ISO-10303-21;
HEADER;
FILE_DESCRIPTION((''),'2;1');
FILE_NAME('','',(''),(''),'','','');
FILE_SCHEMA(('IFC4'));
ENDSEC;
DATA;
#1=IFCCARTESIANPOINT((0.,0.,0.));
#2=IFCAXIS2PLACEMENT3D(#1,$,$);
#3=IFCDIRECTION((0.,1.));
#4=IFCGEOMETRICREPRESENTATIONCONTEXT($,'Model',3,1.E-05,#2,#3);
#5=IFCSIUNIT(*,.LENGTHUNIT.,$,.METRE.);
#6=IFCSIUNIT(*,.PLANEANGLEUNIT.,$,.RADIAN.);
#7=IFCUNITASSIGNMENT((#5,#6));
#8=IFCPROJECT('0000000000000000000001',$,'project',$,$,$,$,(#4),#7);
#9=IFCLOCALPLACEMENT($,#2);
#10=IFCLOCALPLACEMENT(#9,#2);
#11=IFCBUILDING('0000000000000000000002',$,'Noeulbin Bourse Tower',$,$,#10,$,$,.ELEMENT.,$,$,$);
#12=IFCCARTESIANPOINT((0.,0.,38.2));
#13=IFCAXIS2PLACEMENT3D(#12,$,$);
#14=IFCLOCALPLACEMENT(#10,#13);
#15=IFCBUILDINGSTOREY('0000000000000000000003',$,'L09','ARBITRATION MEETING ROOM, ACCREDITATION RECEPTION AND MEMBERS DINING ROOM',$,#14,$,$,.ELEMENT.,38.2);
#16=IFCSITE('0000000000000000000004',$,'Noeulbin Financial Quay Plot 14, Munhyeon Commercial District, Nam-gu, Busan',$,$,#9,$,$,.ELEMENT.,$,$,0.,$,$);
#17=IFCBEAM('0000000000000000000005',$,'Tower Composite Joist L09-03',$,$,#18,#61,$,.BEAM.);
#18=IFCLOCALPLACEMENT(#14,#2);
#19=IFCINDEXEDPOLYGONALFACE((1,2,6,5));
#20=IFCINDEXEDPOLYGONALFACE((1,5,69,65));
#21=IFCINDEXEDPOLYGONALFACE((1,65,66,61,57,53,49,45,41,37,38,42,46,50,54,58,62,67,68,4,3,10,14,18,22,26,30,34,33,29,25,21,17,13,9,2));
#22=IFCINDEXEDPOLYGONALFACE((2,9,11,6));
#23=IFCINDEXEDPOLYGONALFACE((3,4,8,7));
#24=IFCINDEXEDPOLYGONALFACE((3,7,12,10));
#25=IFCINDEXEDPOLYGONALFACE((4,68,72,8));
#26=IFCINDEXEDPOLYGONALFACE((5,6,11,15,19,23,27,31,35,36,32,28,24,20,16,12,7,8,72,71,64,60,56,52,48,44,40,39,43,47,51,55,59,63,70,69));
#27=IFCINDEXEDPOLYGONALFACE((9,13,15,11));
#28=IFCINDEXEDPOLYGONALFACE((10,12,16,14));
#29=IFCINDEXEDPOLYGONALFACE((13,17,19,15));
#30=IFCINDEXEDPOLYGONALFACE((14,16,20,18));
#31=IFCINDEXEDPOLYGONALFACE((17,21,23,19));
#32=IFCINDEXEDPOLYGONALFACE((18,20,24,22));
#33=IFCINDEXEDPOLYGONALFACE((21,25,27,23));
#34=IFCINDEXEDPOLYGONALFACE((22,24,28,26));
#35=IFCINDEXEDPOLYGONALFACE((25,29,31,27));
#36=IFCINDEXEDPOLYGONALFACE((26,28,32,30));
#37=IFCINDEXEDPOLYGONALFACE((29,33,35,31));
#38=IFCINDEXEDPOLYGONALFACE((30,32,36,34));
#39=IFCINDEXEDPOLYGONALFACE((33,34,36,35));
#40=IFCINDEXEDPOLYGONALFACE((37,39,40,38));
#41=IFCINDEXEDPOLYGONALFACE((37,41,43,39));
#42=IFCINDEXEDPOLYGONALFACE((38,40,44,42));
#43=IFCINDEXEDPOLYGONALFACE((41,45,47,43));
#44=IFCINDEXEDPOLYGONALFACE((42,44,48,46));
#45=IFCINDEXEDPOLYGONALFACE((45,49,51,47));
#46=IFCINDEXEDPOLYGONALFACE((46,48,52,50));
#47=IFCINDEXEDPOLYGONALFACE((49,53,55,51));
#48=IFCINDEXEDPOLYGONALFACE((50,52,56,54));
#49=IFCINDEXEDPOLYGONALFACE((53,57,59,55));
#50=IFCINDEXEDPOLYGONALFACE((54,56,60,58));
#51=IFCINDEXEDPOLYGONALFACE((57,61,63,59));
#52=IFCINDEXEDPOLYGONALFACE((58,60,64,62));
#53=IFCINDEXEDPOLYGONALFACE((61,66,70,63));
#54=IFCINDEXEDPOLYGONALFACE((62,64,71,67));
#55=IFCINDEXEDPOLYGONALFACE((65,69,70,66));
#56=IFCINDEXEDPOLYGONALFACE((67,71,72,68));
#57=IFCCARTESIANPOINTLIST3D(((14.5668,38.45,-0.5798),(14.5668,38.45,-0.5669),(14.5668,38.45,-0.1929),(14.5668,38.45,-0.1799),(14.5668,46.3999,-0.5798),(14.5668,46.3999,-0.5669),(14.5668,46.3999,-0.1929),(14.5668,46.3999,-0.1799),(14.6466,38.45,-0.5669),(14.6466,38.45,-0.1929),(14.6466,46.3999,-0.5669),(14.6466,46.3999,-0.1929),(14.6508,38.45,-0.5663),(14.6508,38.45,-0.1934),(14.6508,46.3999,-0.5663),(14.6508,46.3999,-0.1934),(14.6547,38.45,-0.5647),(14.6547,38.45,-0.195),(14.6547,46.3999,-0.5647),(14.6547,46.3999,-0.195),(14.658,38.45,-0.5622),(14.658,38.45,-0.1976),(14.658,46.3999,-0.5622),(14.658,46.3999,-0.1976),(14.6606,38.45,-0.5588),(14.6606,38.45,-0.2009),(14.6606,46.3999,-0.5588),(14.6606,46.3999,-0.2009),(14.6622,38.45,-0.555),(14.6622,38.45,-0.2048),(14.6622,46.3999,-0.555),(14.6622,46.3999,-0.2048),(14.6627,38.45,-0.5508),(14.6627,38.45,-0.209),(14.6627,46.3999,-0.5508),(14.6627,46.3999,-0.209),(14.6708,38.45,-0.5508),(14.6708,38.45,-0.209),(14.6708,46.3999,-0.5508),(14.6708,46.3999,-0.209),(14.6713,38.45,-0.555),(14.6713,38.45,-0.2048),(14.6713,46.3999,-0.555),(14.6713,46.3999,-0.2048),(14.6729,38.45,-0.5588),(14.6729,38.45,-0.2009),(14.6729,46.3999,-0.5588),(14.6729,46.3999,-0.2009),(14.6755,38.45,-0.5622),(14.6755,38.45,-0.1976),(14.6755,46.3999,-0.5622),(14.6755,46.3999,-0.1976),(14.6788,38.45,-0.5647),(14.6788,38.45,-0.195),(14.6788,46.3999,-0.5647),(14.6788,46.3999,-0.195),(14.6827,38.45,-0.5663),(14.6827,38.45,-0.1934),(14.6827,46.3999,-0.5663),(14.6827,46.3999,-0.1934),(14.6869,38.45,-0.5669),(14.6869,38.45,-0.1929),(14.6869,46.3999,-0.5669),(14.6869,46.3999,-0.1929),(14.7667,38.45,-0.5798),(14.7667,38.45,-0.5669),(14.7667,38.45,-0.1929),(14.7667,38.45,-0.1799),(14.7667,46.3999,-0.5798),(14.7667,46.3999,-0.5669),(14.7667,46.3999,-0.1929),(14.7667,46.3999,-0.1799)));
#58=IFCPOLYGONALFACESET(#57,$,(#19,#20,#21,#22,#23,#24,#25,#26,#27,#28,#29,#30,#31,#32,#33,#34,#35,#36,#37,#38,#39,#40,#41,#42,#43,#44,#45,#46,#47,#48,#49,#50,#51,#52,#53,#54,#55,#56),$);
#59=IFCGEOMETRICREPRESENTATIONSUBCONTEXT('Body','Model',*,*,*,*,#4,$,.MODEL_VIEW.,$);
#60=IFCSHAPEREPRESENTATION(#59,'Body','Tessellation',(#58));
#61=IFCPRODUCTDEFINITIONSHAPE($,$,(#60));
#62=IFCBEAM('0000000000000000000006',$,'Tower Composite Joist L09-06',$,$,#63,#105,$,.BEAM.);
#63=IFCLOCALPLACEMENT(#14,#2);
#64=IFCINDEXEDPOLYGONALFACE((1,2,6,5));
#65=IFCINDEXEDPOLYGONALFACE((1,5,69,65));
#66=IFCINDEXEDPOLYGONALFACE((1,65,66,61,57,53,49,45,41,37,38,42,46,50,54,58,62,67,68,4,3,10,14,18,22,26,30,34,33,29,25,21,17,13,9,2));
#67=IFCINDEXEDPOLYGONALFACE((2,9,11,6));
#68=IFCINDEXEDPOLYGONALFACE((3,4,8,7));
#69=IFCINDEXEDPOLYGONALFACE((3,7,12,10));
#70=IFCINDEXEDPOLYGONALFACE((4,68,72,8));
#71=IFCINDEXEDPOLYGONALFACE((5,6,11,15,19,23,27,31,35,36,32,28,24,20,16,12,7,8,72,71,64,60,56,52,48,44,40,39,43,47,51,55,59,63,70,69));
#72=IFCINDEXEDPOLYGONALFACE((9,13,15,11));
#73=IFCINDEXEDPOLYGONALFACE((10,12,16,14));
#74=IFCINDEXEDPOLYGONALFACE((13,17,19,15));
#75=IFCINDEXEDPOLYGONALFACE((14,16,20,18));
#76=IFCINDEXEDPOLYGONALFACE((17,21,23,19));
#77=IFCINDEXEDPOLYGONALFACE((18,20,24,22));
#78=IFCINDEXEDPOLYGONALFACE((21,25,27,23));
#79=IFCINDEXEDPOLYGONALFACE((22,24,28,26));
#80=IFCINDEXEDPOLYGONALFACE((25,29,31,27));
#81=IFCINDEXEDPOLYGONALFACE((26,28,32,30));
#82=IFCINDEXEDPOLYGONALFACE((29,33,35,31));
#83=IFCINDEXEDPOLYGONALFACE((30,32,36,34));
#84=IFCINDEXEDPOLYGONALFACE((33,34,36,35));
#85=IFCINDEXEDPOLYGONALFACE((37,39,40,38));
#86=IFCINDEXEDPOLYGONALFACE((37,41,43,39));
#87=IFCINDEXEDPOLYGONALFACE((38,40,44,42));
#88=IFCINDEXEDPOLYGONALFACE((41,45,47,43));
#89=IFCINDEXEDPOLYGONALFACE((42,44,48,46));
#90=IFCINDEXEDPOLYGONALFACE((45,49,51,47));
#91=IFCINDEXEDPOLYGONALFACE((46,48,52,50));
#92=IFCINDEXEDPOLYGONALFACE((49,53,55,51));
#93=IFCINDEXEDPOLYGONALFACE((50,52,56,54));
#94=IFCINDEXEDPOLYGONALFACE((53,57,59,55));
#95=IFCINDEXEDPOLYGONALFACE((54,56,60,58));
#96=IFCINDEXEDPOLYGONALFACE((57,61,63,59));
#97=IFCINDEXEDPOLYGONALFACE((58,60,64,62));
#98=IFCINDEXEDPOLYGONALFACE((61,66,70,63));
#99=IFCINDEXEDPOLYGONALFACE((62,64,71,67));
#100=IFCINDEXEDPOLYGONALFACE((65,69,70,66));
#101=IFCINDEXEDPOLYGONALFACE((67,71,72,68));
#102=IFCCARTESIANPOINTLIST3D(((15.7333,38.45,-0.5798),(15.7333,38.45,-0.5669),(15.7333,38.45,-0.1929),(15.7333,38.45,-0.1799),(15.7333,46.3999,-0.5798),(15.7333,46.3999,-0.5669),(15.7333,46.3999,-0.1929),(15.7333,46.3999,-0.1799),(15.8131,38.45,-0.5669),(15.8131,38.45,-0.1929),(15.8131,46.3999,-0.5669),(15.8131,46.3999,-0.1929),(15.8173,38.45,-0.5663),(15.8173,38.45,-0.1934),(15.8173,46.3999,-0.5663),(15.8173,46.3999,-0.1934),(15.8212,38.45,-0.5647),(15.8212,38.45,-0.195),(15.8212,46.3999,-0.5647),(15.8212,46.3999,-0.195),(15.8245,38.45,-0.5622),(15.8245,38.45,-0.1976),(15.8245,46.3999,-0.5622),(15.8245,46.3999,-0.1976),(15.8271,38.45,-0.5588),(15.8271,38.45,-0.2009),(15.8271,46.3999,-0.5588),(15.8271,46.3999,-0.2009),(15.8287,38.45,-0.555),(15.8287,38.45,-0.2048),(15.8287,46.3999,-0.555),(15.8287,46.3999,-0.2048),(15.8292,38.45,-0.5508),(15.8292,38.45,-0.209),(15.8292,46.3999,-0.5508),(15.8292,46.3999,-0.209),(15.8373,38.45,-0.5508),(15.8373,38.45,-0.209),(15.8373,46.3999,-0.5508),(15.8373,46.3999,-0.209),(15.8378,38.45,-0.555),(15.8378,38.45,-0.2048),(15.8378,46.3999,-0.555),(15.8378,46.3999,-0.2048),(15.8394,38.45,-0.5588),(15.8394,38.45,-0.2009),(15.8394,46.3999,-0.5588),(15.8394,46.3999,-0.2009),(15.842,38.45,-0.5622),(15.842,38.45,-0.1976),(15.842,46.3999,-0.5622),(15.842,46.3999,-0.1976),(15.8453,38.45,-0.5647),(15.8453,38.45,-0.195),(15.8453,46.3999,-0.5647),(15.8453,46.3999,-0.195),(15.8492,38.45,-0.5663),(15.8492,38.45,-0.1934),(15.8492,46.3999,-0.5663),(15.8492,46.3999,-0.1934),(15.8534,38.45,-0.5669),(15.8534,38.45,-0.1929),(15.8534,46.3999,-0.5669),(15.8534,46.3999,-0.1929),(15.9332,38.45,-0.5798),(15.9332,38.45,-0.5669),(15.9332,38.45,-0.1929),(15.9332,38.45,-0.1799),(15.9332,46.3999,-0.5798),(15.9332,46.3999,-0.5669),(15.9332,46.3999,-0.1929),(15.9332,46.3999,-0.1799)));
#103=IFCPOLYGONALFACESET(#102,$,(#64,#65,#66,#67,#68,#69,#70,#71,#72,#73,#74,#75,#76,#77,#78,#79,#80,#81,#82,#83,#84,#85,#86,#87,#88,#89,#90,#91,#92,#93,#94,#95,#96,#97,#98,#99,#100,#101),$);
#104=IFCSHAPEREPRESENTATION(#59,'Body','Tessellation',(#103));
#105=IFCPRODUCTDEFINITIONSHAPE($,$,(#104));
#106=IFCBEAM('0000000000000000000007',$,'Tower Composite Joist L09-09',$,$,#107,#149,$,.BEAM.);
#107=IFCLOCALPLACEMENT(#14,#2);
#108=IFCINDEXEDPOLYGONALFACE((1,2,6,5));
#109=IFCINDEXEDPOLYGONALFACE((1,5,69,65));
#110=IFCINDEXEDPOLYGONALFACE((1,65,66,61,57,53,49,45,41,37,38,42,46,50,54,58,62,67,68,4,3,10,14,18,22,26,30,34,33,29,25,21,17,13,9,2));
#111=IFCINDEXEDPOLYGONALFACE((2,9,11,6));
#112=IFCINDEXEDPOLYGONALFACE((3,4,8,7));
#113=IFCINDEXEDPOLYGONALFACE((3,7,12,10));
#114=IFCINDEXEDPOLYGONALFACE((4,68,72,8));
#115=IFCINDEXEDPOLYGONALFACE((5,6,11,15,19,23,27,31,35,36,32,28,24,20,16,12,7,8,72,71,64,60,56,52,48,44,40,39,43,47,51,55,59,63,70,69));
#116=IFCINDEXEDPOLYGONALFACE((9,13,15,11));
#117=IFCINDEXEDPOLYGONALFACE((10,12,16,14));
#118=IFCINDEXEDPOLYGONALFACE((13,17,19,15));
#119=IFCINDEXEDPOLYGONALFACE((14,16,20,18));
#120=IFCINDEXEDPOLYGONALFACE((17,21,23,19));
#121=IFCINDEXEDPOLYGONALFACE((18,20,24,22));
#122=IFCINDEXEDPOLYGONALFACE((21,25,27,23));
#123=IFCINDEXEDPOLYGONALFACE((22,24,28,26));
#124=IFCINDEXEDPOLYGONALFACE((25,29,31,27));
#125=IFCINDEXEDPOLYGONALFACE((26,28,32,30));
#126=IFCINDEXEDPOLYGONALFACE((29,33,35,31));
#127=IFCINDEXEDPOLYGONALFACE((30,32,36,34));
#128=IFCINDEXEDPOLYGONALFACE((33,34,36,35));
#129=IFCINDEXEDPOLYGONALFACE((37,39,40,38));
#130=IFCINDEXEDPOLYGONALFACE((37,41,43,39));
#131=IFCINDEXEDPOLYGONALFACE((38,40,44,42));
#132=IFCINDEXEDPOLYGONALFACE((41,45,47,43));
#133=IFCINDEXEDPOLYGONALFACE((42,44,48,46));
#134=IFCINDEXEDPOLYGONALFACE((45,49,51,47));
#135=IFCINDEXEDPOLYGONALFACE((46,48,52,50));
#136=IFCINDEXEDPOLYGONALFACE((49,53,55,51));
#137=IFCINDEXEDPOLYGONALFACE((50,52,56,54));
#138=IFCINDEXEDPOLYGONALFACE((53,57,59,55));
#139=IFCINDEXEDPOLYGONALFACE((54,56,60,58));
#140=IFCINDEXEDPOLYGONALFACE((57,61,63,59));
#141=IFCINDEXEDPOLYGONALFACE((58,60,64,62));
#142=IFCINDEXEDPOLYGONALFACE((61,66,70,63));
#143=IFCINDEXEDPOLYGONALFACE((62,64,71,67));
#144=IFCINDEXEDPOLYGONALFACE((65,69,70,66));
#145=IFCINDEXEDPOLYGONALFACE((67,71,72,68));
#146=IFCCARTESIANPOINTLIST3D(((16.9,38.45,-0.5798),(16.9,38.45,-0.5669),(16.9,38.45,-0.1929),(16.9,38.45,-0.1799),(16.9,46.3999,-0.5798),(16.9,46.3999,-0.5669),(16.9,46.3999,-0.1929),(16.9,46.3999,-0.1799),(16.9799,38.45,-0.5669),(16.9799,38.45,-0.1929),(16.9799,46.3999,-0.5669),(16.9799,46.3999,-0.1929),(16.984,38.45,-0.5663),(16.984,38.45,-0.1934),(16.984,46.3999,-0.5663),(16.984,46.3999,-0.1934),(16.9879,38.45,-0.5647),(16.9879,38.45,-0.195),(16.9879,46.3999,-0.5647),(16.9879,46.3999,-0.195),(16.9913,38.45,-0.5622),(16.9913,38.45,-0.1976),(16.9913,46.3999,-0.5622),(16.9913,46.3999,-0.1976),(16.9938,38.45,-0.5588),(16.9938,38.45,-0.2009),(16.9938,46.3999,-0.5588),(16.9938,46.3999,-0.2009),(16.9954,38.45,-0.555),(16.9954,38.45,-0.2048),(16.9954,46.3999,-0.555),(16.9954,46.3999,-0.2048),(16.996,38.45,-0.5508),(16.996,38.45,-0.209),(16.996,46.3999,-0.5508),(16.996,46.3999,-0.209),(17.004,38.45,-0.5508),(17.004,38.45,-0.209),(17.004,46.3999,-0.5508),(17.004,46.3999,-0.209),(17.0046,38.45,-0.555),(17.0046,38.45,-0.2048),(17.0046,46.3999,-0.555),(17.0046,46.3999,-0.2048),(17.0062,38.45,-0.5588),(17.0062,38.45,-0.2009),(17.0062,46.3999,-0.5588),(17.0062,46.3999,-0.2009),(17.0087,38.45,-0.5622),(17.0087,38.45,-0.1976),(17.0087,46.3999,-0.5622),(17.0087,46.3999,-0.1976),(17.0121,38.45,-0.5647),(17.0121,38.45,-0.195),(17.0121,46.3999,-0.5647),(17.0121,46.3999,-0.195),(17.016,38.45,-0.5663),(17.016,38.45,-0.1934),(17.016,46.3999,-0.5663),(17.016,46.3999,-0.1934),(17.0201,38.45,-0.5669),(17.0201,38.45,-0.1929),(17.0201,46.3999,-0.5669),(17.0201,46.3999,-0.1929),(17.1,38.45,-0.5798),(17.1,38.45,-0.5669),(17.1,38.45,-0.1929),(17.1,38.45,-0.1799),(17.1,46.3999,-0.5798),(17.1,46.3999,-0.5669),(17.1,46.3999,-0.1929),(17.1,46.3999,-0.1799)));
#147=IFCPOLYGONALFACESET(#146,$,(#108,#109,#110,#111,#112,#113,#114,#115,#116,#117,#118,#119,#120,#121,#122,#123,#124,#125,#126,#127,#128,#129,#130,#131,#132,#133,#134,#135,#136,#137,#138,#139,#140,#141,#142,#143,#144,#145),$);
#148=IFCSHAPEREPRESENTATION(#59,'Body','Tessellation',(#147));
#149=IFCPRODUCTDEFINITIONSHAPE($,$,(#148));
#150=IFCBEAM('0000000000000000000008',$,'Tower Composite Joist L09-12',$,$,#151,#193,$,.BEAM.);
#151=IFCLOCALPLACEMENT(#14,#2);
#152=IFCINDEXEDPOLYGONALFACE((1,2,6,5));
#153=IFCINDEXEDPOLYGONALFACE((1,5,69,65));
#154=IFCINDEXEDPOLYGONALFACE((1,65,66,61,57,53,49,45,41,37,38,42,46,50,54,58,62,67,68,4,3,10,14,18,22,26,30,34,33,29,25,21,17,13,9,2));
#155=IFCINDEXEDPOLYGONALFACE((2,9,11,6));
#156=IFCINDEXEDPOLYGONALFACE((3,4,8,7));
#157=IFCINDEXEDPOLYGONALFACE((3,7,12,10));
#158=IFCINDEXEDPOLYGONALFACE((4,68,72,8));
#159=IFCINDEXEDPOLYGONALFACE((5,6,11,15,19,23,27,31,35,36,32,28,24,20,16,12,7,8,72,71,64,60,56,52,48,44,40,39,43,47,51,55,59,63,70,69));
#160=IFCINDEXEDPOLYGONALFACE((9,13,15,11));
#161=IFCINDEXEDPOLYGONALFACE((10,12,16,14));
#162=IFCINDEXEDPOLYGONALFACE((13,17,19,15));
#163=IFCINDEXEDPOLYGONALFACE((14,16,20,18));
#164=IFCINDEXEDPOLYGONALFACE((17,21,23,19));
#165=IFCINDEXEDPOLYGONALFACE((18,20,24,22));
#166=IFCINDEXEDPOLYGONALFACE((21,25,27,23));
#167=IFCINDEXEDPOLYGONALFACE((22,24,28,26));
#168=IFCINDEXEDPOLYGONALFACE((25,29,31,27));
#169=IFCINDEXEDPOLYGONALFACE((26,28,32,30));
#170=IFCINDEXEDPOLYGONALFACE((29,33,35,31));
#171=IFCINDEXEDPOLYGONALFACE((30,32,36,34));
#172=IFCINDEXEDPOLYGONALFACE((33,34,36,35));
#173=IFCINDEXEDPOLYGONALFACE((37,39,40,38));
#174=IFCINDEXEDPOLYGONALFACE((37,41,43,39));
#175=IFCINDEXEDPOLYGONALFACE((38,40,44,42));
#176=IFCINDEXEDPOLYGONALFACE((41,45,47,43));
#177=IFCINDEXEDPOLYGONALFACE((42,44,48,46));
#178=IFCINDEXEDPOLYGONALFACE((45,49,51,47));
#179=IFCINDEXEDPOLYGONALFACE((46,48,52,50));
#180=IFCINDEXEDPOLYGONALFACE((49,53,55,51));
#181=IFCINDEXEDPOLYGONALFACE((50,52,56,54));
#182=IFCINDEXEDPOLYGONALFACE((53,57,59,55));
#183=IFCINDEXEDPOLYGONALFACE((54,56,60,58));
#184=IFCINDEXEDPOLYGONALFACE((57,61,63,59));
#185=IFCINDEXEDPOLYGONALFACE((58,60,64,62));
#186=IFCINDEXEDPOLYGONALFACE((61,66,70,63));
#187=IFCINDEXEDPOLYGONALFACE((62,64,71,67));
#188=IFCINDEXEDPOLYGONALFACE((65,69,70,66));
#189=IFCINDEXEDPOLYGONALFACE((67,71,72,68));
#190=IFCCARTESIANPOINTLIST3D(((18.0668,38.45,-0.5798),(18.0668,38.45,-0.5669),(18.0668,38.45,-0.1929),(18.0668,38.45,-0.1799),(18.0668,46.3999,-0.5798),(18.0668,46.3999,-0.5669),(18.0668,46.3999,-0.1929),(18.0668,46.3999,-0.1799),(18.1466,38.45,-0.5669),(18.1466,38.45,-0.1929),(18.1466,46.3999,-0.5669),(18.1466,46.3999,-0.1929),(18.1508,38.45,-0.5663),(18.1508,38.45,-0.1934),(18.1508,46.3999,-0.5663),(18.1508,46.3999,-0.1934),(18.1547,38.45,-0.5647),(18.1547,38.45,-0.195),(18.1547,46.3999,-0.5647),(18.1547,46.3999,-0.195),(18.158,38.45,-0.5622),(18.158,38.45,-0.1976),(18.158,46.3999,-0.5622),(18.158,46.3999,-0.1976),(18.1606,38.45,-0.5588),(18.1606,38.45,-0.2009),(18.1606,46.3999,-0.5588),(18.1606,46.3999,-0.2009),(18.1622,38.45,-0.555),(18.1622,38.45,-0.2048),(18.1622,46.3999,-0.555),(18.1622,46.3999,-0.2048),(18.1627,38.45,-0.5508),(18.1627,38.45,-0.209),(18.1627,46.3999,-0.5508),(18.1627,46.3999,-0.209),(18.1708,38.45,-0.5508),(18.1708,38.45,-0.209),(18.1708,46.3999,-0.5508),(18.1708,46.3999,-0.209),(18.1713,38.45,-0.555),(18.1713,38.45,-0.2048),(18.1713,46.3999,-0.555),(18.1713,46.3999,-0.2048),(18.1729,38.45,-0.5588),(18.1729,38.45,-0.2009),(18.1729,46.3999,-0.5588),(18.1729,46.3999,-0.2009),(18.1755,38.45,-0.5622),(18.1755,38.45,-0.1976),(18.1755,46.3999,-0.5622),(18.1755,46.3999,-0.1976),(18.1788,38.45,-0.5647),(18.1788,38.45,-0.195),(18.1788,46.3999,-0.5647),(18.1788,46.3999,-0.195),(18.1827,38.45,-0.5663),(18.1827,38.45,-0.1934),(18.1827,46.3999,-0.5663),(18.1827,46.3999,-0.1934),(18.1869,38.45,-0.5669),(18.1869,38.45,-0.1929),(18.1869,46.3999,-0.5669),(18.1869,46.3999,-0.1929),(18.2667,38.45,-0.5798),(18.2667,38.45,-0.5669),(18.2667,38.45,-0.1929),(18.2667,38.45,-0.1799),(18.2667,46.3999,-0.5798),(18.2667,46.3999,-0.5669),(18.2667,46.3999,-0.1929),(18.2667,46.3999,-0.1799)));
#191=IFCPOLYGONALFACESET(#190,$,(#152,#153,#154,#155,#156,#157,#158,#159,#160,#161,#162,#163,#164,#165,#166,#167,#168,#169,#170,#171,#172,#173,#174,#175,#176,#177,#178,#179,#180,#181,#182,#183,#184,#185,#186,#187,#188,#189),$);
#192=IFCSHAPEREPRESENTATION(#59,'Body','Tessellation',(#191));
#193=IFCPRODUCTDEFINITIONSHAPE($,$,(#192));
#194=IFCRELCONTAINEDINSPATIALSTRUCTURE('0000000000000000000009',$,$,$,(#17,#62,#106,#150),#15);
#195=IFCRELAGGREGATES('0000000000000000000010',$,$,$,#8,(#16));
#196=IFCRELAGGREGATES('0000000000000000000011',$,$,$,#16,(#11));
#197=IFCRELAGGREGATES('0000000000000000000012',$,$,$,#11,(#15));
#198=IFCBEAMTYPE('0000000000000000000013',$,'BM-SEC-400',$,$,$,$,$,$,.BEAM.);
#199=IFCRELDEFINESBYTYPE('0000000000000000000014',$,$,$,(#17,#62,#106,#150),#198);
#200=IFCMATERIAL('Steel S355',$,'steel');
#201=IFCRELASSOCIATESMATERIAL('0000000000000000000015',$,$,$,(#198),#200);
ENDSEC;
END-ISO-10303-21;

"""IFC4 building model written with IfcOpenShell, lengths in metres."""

from ifc_helpers import new_model, si_unit, direction, frame, origin, origin_2d, place, context, subcontext, project, spatial, i_section, extrude, material, material_profile, profile_set, type_object, element, save


model = new_model("IFC4")

# Units and contexts
model_context = context("Model", 3, precision=1e-05, world=origin(), true_north=direction((0.0, 1.0)))
body_context = subcontext(model_context, "Body", "Model", "MODEL_VIEW")
ifc_project = project(units=[si_unit("LENGTHUNIT", "METRE"), si_unit("PLANEANGLEUNIT", "RADIAN")], contexts=[model_context])

# Site, building, storey
site_placement = place(None, origin())
site = spatial("IfcSite", under=ifc_project, at=site_placement, Name="Noeulbin Financial Quay Plot 14, Munhyeon Commercial District, Nam-gu, Busan", CompositionType="ELEMENT", RefElevation=0.0)
building_placement = place(site_placement, origin())
building = spatial("IfcBuilding", under=site, at=building_placement, Name="Noeulbin Bourse Tower", CompositionType="ELEMENT")
storey_placement = place(building_placement, frame((0.0, 0.0, 38.2)))
storey = spatial("IfcBuildingStorey", under=building, at=storey_placement, Name="L09", Description="ARBITRATION MEETING ROOM, ACCREDITATION RECEPTION AND MEMBERS DINING ROOM", CompositionType="ELEMENT", Elevation=38.2)

# Beams
ifc_material_1 = material(Name="Steel S355", Category="steel")
ifc_material_profile_1 = material_profile(ifc_material_1, i_section(OverallWidth=0.2, OverallDepth=0.3999, WebThickness=0.0081, FlangeThickness=0.0129, FilletRadius=0.0161, at=origin_2d()), Name="H-400x200x8x13", Category="LoadBearing")
ifc_profile_set_1 = profile_set([ifc_material_profile_1], Name="Steel S355")
beam_type_1 = type_object("IfcBeamType", Name="BM-SEC-400", PredefinedType="BEAM", material=ifc_profile_set_1)
for number, where, z_axis, x_axis, name in (
    (1, (14.6667, 38.45, -0.3799), (0.0, 1.0, 0.0), (-1.0, 0.0, 0.0), "Tower Composite Joist L09-03"),
    (2, (15.8333, 38.45, -0.3799), (0.0, 1.0, 0.0), (-1.0, 0.0, 0.0), "Tower Composite Joist L09-06"),
    (3, (17.0, 38.45, -0.3799), (0.0, 1.0, 0.0), (-1.0, 0.0, 0.0), "Tower Composite Joist L09-09"),
    (4, (18.1667, 38.45, -0.3799), (0.0, 1.0, 0.0), (-1.0, 0.0, 0.0), "Tower Composite Joist L09-12"),
):
    element("IfcBeam", number, at=place(storey_placement, frame(where, z_axis=z_axis, x_axis=x_axis)), inside=storey, type_object=beam_type_1, Name=name, PredefinedType="BEAM", context=body_context, shape_type="SweptSolid", body=[
        extrude(i_section(OverallWidth=0.2, OverallDepth=0.3999, WebThickness=0.0081, FlangeThickness=0.0129, FilletRadius=0.0161, at=origin_2d()), origin(), (0.0, 0.0, 1.0), 7.95),
    ])

save(model, "model.ifc")
